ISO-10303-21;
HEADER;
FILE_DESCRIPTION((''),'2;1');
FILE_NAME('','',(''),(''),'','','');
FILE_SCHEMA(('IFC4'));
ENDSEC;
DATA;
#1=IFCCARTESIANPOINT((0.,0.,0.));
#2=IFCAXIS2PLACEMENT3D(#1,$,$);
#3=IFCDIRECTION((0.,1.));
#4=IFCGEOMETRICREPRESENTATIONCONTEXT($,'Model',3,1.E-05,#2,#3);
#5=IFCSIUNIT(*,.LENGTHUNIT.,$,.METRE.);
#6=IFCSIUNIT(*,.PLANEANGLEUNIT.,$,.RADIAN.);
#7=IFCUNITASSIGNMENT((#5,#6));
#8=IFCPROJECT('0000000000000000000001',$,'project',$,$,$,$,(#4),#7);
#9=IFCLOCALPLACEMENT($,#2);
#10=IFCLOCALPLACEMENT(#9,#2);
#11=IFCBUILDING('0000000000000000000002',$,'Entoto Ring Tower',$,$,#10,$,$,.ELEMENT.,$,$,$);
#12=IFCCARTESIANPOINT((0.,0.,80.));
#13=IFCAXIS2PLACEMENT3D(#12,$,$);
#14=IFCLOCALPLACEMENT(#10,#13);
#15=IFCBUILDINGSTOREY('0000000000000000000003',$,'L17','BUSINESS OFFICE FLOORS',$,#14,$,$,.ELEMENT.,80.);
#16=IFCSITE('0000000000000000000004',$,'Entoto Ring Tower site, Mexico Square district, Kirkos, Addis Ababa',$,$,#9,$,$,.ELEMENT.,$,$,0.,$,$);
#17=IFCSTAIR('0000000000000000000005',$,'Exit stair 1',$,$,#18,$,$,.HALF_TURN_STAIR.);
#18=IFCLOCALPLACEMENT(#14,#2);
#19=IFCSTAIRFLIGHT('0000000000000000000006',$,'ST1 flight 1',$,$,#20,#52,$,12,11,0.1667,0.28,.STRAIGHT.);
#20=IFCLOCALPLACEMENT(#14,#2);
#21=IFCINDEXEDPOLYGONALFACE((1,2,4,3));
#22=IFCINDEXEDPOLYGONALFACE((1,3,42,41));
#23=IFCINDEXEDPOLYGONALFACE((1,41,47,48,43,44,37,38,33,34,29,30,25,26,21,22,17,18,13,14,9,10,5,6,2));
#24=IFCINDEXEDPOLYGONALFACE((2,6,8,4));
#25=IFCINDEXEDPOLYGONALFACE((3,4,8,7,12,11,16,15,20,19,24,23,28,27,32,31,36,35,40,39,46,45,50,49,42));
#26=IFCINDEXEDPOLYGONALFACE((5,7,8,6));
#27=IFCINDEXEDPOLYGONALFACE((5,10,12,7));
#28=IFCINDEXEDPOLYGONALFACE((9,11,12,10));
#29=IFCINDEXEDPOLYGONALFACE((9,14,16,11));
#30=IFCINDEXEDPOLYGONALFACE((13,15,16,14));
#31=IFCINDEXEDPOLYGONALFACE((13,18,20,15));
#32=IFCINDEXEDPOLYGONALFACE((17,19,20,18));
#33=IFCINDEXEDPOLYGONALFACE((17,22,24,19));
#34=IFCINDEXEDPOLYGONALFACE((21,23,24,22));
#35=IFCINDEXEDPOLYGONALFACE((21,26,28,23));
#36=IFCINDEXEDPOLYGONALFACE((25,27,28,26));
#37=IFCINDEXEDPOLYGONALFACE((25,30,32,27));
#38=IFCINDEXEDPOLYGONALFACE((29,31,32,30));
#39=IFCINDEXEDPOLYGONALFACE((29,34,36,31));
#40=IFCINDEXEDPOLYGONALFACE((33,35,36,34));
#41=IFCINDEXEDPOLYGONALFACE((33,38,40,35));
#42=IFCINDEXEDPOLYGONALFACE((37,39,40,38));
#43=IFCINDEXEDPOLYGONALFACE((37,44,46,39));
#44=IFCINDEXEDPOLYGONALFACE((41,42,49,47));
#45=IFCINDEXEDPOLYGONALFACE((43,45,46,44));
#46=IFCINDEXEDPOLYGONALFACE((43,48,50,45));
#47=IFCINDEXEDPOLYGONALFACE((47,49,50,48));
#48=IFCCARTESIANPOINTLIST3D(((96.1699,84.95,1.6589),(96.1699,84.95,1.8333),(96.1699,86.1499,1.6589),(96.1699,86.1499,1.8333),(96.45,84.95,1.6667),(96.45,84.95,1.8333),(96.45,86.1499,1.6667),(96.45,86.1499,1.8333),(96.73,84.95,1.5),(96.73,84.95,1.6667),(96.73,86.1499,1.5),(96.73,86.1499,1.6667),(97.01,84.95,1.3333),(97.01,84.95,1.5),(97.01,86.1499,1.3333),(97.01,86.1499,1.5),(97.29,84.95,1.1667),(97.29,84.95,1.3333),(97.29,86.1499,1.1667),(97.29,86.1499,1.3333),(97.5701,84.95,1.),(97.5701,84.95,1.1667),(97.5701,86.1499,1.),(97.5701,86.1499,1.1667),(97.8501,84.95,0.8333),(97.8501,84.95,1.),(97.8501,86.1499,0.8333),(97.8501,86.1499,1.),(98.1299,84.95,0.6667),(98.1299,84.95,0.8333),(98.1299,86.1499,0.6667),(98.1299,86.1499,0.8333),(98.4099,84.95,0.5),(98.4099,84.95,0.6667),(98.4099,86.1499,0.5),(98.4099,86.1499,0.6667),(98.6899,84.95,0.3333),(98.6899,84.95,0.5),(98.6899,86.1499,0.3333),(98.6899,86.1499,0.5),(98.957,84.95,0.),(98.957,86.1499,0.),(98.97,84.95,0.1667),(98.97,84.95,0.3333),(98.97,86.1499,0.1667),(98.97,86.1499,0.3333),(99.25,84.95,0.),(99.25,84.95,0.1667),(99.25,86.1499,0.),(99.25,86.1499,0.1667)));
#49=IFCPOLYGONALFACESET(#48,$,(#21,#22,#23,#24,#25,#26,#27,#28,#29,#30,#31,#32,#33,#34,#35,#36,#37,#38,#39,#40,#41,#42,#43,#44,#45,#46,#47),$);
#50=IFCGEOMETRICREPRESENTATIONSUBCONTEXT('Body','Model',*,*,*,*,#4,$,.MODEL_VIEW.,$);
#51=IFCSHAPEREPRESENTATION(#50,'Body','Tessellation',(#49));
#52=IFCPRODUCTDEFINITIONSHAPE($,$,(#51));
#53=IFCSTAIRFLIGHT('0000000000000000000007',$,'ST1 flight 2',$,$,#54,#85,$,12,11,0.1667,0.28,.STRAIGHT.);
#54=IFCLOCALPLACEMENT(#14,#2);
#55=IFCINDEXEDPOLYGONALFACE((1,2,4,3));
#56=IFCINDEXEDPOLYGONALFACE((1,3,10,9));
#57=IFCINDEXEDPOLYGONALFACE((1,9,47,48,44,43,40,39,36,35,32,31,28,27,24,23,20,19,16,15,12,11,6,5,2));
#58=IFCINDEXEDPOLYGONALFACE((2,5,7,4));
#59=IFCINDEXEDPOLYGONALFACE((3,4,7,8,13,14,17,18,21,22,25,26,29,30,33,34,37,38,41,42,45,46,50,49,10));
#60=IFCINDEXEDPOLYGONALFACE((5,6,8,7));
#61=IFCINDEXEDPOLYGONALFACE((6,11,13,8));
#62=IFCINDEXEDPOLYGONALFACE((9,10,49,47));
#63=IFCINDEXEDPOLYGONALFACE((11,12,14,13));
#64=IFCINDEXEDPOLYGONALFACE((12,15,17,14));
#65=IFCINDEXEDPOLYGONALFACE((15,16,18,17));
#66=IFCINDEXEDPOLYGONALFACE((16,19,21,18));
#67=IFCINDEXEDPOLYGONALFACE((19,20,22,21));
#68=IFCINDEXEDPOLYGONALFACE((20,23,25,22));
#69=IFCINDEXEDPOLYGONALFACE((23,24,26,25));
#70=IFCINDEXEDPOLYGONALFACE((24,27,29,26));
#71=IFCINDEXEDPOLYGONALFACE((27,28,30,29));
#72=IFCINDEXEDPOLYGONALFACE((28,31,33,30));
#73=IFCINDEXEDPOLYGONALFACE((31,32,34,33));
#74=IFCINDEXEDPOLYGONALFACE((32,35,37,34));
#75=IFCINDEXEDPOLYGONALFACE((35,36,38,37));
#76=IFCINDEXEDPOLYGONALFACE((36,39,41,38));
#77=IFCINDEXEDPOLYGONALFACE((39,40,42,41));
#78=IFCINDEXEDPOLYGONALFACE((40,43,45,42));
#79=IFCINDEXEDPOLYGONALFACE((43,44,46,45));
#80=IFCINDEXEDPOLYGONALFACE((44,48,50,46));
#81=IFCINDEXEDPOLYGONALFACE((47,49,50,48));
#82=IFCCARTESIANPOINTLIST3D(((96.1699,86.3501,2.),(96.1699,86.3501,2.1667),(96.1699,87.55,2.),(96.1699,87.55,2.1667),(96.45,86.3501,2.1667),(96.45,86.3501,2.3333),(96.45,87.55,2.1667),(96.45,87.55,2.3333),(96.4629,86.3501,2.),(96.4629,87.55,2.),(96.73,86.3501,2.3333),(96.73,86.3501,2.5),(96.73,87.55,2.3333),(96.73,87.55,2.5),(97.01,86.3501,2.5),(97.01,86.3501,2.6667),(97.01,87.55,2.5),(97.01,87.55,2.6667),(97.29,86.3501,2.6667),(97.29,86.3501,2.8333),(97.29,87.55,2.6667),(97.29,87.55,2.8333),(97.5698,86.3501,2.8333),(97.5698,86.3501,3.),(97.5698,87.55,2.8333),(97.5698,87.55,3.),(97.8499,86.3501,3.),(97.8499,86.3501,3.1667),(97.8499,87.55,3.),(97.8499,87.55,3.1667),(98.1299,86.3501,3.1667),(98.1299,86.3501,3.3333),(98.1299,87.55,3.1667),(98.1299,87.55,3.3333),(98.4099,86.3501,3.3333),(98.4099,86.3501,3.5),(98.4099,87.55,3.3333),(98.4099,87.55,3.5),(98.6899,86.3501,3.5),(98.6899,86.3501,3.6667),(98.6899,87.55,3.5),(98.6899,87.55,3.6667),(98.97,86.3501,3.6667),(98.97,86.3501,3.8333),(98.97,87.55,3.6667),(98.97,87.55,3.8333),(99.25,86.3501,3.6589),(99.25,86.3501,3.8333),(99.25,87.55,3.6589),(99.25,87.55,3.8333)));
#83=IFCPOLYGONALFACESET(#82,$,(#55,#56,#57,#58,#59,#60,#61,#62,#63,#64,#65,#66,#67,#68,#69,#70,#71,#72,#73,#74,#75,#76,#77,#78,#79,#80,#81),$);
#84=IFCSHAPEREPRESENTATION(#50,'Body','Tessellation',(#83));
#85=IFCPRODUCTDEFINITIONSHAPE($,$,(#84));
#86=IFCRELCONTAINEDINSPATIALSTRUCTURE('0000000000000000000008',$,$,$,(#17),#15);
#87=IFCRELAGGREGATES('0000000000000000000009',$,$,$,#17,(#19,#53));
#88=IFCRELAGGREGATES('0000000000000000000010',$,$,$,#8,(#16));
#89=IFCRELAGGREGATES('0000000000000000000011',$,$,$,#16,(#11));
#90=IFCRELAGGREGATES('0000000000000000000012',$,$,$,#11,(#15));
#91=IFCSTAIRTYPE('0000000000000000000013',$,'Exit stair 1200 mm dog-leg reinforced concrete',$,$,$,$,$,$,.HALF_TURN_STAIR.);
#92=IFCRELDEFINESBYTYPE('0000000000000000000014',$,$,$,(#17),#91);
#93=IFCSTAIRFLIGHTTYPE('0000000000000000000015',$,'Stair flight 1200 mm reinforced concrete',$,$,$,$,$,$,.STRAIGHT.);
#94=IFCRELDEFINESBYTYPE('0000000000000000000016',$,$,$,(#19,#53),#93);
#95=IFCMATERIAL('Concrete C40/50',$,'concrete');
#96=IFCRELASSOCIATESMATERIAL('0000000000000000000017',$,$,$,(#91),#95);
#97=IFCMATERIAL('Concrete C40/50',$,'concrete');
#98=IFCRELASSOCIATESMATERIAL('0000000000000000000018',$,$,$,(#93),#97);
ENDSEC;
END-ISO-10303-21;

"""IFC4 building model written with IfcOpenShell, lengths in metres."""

from ifc_helpers import new_model, si_unit, direction, frame, origin, place, context, subcontext, project, spatial, polyline, outline, extrude, material, type_object, element, aggregate, save


model = new_model("IFC4")

# Units and contexts
model_context = context("Model", 3, precision=1e-05, world=origin(), true_north=direction((0.0, 1.0)))
body_context = subcontext(model_context, "Body", "Model", "MODEL_VIEW")
ifc_project = project(units=[si_unit("LENGTHUNIT", "METRE"), si_unit("PLANEANGLEUNIT", "RADIAN")], contexts=[model_context])

# Site, building, storey
site_placement = place(None, origin())
site = spatial("IfcSite", under=ifc_project, at=site_placement, Name="Entoto Ring Tower site, Mexico Square district, Kirkos, Addis Ababa", CompositionType="ELEMENT", RefElevation=0.0)
building_placement = place(site_placement, origin())
building = spatial("IfcBuilding", under=site, at=building_placement, Name="Entoto Ring Tower", CompositionType="ELEMENT")
storey_placement = place(building_placement, frame((0.0, 0.0, 80.0)))
storey = spatial("IfcBuildingStorey", under=building, at=storey_placement, Name="L17", Description="BUSINESS OFFICE FLOORS", CompositionType="ELEMENT", Elevation=80.0)

# Stair, stair flights
ifc_material_1 = material(Name="Concrete C40/50", Category="concrete")
stair_type = type_object("IfcStairType", Name="Exit stair 1200 mm dog-leg reinforced concrete", PredefinedType="HALF_TURN_STAIR", material=ifc_material_1)
stair_placement = place(storey_placement, origin())
stair = element("IfcStair", 1, at=stair_placement, inside=storey, type_object=stair_type, Name="Exit stair 1", PredefinedType="HALF_TURN_STAIR")
ifc_material_2 = material(Name="Concrete C40/50", Category="concrete")
stair_flight_type = type_object("IfcStairFlightType", Name="Stair flight 1200 mm reinforced concrete", PredefinedType="STRAIGHT", material=ifc_material_2)
stair_flight_1_placement = place(storey_placement, frame((99.25, 85.55, 0.0), z_axis=(0.0, 0.0, 1.0), x_axis=(-1.0, 0.0, 0.0)))
stair_flight_1 = element("IfcStairFlight", 2, at=stair_flight_1_placement, type_object=stair_flight_type, Name="ST1 flight 1", NumberOfRisers=12, NumberOfTreads=11, PredefinedType="STRAIGHT", RiserHeight=0.1667, TreadLength=0.28, context=body_context, shape_type="SweptSolid", body=[
    extrude(outline(polyline([(0.0, 0.0), (0.0, 0.1667), (0.28, 0.1667), (0.28, 0.3333), (0.5601, 0.3333), (0.5601, 0.5), (0.8401, 0.5), (0.8401, 0.6667), (1.1201, 0.6667), (1.1201, 0.8333), (1.3999, 0.8333), (1.3999, 1.0), (1.6799, 1.0), (1.6799, 1.1667), (1.96, 1.1667), (1.96, 1.3333), (2.24, 1.3333), (2.24, 1.5), (2.52, 1.5), (2.52, 1.6667), (2.8, 1.6667), (2.8, 1.8333), (3.0801, 1.8333), (3.0801, 2.0), (3.0801, 1.6589), (0.293, 0.0), (0.0, 0.0)])), frame((0.0, 0.6001, 0.0), z_axis=(0.0, -1.0, 0.0), x_axis=(1.0, 0.0, 0.0)), (0.0, 0.0, 1.0), 1.2),
])
stair_flight_2_placement = place(storey_placement, frame((96.1699, 86.95, 2.0), z_axis=(0.0, 0.0, 1.0), x_axis=(1.0, 0.0, 0.0)))
stair_flight_2 = element("IfcStairFlight", 3, at=stair_flight_2_placement, type_object=stair_flight_type, Name="ST1 flight 2", NumberOfRisers=12, NumberOfTreads=11, PredefinedType="STRAIGHT", RiserHeight=0.1667, TreadLength=0.28, context=body_context, shape_type="SweptSolid", body=[
    extrude(outline(polyline([(0.0, 0.0), (0.0, 0.1667), (0.28, 0.1667), (0.28, 0.3333), (0.5601, 0.3333), (0.5601, 0.5), (0.8401, 0.5), (0.8401, 0.6667), (1.1201, 0.6667), (1.1201, 0.8333), (1.3999, 0.8333), (1.3999, 1.0), (1.6799, 1.0), (1.6799, 1.1667), (1.96, 1.1667), (1.96, 1.3333), (2.24, 1.3333), (2.24, 1.5), (2.52, 1.5), (2.52, 1.6667), (2.8, 1.6667), (2.8, 1.8333), (3.0801, 1.8333), (3.0801, 2.0), (3.0801, 1.6589), (0.293, 0.0), (0.0, 0.0)])), frame((0.0, 0.6001, 0.0), z_axis=(0.0, -1.0, 0.0), x_axis=(1.0, 0.0, 0.0)), (0.0, 0.0, 1.0), 1.2),
])
aggregate(stair, [stair_flight_1, stair_flight_2])

save(model, "model.ifc")
